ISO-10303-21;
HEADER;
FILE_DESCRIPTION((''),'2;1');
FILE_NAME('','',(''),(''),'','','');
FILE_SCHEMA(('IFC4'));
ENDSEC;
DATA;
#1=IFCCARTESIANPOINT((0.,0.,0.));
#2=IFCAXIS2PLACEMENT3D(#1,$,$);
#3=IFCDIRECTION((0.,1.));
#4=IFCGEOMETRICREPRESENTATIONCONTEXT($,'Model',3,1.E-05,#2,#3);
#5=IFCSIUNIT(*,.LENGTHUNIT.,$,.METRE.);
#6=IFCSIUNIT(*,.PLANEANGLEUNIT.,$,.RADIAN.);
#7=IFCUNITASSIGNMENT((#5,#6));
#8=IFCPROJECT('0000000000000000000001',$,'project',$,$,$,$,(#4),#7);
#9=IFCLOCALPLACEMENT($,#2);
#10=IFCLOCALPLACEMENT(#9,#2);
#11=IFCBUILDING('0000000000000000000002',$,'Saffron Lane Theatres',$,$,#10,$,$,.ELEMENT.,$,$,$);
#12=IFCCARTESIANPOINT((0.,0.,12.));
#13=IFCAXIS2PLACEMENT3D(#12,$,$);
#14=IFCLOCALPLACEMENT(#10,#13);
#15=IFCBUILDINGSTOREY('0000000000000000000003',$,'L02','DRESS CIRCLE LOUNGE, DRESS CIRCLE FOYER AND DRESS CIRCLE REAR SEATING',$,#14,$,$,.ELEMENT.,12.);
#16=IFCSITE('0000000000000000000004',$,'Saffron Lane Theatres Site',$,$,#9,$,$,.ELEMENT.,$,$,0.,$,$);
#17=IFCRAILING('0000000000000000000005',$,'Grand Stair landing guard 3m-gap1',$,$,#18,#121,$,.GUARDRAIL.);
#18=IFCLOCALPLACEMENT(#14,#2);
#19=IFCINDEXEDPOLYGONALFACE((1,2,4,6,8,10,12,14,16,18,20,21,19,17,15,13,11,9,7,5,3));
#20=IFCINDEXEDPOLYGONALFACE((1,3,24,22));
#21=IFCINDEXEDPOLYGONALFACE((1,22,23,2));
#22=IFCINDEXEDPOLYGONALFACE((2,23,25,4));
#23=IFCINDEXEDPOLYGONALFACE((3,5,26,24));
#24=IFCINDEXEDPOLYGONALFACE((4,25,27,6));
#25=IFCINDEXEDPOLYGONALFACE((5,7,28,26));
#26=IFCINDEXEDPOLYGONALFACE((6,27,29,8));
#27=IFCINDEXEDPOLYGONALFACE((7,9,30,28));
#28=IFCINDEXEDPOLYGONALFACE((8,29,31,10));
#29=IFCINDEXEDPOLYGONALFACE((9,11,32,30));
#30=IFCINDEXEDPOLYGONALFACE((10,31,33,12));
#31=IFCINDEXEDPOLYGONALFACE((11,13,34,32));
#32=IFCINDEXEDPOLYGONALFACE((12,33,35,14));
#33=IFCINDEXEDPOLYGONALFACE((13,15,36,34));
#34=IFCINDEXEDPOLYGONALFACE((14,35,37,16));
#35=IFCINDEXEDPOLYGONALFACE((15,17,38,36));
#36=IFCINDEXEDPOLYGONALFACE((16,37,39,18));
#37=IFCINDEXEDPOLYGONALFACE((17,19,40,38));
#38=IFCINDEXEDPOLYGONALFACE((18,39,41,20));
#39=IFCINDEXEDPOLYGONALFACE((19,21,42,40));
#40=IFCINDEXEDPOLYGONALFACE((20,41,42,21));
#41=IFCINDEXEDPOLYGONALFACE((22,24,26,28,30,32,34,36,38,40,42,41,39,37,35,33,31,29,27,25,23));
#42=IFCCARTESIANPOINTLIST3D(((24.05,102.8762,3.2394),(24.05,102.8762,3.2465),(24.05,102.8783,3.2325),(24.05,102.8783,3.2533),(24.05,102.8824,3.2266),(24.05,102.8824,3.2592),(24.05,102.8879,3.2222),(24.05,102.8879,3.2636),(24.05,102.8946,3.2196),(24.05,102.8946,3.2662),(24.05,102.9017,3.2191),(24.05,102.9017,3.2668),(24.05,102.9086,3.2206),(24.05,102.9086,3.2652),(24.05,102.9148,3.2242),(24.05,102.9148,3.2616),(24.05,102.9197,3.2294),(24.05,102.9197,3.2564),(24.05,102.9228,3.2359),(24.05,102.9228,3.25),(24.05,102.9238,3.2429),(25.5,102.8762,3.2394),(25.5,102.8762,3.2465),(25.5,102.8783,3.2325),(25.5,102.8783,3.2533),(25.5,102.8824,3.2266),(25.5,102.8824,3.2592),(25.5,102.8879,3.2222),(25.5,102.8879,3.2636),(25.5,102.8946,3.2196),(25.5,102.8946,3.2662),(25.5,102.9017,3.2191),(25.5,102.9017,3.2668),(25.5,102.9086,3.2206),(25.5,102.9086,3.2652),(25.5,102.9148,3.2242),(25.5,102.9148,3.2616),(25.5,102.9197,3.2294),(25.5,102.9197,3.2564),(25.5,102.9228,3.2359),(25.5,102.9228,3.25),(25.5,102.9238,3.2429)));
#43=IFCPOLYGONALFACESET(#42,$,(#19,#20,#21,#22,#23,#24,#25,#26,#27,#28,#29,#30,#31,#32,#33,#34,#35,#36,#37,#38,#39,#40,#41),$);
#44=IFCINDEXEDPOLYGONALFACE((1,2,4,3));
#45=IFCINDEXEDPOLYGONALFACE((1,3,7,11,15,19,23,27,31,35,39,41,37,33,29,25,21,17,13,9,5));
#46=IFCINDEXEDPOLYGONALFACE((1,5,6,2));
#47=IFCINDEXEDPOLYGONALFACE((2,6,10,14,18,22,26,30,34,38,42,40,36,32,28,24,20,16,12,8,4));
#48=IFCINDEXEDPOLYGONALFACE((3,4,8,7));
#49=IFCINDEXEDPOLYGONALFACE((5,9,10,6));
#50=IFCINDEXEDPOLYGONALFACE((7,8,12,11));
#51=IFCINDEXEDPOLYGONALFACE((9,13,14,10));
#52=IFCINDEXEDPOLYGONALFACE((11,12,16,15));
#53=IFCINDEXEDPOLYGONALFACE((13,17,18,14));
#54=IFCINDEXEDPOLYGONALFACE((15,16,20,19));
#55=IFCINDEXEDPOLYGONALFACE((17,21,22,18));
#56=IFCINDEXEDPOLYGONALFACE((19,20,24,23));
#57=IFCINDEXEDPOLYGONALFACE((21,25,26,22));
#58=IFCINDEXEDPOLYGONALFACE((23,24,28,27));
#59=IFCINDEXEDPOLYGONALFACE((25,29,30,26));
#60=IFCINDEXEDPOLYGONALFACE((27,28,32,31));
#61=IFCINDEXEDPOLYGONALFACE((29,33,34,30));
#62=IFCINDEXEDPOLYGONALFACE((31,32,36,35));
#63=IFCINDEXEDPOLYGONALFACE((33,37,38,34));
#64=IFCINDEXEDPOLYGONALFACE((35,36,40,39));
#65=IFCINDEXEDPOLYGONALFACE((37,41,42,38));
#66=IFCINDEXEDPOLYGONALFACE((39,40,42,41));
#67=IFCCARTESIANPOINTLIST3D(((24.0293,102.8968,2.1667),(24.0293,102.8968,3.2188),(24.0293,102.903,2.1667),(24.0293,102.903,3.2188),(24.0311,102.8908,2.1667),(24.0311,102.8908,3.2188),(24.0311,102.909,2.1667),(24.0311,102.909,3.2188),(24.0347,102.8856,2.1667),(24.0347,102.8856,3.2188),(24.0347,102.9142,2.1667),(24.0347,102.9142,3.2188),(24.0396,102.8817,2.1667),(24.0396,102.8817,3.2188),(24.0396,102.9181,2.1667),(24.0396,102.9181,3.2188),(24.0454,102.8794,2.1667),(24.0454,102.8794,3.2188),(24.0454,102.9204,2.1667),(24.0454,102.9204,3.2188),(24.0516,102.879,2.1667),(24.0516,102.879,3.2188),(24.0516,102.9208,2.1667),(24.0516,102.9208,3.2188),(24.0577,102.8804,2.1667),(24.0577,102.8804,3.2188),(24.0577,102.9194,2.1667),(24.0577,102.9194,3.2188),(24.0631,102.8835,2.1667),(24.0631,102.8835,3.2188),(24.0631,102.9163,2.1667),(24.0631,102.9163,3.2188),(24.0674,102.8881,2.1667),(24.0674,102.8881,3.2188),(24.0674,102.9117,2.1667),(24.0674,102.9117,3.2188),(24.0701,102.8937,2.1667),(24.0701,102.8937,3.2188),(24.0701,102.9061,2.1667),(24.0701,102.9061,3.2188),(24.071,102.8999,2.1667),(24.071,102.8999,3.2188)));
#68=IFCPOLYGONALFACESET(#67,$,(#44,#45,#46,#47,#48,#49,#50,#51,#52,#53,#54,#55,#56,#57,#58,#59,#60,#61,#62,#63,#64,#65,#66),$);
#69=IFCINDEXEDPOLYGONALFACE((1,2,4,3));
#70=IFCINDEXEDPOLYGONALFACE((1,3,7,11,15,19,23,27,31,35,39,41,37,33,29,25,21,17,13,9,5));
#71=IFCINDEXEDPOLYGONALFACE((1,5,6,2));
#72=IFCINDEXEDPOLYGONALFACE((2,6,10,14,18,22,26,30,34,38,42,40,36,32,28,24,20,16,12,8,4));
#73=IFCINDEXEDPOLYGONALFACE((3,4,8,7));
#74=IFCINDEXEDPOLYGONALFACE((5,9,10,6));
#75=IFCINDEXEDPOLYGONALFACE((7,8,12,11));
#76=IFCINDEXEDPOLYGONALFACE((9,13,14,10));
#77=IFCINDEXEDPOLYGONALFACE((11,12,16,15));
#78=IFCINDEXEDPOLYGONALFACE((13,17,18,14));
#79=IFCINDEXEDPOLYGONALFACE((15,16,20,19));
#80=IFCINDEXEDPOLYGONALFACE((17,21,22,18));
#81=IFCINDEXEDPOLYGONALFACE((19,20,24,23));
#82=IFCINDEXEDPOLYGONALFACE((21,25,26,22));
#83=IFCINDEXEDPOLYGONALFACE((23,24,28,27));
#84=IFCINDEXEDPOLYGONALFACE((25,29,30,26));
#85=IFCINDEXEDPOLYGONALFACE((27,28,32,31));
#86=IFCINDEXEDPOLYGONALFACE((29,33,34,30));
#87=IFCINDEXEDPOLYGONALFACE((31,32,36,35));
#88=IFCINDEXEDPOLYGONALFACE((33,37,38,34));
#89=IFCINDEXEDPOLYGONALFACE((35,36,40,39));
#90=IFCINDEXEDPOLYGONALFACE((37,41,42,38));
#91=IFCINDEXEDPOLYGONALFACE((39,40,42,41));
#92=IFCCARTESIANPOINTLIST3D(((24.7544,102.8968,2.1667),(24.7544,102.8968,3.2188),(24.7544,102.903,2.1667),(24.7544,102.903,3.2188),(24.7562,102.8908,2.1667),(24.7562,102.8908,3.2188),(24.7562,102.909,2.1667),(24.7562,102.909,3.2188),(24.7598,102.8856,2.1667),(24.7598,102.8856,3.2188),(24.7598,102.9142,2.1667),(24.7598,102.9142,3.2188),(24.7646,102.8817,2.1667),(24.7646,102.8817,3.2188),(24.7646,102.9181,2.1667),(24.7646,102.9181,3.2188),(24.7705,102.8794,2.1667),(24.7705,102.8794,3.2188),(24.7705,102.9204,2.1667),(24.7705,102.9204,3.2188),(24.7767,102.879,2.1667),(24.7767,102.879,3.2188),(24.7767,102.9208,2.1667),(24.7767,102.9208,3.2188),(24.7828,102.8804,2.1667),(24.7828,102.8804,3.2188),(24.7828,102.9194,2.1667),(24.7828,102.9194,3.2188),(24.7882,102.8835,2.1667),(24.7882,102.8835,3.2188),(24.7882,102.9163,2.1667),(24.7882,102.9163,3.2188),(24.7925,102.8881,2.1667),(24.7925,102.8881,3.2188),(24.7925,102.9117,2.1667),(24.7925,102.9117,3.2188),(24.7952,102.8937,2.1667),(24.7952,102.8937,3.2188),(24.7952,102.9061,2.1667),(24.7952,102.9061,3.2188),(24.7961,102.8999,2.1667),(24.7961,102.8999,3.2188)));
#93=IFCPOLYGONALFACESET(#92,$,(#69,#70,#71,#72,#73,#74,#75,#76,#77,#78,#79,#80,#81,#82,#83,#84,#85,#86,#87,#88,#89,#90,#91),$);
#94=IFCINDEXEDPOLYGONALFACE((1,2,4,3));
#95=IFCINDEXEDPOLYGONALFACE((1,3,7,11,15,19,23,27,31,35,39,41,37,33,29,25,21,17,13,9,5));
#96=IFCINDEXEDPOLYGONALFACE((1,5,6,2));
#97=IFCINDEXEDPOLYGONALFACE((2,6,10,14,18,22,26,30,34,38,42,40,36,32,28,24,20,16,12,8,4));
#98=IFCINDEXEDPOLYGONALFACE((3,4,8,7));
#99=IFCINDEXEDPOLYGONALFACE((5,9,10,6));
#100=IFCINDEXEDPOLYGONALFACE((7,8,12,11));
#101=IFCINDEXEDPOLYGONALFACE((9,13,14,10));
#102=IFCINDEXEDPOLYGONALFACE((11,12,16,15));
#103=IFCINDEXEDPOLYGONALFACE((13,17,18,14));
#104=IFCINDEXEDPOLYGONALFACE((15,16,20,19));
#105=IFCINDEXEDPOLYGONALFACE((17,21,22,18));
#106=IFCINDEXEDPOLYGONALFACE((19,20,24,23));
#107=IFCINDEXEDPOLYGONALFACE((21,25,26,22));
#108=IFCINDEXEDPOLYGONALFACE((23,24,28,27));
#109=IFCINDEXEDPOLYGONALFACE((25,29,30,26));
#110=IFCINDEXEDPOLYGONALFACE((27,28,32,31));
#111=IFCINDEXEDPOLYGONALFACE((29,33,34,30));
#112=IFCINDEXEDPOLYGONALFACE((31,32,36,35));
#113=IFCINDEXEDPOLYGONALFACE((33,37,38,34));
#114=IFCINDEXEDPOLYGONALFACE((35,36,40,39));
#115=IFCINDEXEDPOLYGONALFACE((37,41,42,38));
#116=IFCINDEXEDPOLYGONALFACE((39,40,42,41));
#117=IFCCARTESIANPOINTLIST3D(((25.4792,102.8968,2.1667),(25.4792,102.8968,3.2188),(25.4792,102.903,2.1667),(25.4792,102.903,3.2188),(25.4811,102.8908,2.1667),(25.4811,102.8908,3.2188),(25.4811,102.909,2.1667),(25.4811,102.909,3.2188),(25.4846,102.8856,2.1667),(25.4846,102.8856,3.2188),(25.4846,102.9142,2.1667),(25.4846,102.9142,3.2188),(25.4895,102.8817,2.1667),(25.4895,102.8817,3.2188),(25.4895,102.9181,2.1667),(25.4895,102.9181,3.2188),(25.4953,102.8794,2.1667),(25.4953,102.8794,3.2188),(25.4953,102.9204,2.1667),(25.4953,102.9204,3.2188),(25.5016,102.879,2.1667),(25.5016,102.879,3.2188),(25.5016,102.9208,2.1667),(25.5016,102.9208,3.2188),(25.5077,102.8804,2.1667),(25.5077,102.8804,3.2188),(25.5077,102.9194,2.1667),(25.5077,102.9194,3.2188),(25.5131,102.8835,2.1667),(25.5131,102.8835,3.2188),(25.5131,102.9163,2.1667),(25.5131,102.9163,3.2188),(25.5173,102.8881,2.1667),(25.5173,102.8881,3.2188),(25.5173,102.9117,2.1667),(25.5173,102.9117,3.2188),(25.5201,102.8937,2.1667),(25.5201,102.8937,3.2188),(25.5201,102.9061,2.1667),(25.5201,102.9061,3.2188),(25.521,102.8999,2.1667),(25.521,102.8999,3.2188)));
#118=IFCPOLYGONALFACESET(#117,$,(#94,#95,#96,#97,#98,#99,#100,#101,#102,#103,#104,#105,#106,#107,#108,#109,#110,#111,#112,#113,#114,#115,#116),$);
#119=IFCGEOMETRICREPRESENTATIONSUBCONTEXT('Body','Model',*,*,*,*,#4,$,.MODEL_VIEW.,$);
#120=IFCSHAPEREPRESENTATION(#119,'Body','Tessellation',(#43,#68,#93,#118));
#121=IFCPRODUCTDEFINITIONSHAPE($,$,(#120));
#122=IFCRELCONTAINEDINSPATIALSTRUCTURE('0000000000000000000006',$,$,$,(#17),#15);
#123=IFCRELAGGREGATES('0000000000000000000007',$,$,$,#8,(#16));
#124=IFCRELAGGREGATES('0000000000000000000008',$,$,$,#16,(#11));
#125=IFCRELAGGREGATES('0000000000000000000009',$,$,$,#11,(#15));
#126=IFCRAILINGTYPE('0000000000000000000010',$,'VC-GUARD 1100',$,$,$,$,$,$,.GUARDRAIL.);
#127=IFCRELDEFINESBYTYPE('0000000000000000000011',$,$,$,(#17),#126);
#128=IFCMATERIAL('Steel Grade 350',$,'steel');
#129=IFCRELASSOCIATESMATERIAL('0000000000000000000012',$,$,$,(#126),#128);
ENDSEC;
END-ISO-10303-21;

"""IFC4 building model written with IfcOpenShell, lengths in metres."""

from ifc_helpers import new_model, si_unit, direction, frame, origin, origin_2d, place, context, subcontext, project, spatial, circle, extrude, material, type_object, element, save


model = new_model("IFC4")

# Units and contexts
model_context = context("Model", 3, precision=1e-05, world=origin(), true_north=direction((0.0, 1.0)))
body_context = subcontext(model_context, "Body", "Model", "MODEL_VIEW")
ifc_project = project(units=[si_unit("LENGTHUNIT", "METRE"), si_unit("PLANEANGLEUNIT", "RADIAN")], contexts=[model_context])

# Site, building, storey
site_placement = place(None, origin())
site = spatial("IfcSite", under=ifc_project, at=site_placement, Name="Saffron Lane Theatres Site", CompositionType="ELEMENT", RefElevation=0.0)
building_placement = place(site_placement, origin())
building = spatial("IfcBuilding", under=site, at=building_placement, Name="Saffron Lane Theatres", CompositionType="ELEMENT")
storey_placement = place(building_placement, frame((0.0, 0.0, 12.0)))
storey = spatial("IfcBuildingStorey", under=building, at=storey_placement, Name="L02", Description="DRESS CIRCLE LOUNGE, DRESS CIRCLE FOYER AND DRESS CIRCLE REAR SEATING", CompositionType="ELEMENT", Elevation=12.0)

# Railing
ifc_material_1 = material(Name="Steel Grade 350", Category="steel")
railing_type_1 = type_object("IfcRailingType", Name="VC-GUARD 1100", PredefinedType="GUARDRAIL", material=ifc_material_1)
railing_1_placement = place(storey_placement, frame((24.05, 102.8999, 2.1667)))
element("IfcRailing", 1, at=railing_1_placement, inside=storey, type_object=railing_type_1, Name="Grand Stair landing guard 3m-gap1", PredefinedType="GUARDRAIL", context=body_context, shape_type="SweptSolid", body=[
    extrude(circle(Radius=0.0239, at=origin_2d()), frame((0.0, 0.0, 1.0762), z_axis=(1.0, 0.0, 0.0), x_axis=(0.0, 1.0, 0.0)), (0.0, 0.0, 1.0), 1.45),
    extrude(circle(Radius=0.021, at=origin_2d()), origin(), (0.0, 0.0, 1.0), 1.052),
    extrude(circle(Radius=0.021, at=origin_2d()), frame((0.7251, 0.0, 0.0)), (0.0, 0.0, 1.0), 1.052),
    extrude(circle(Radius=0.021, at=origin_2d()), frame((1.45, 0.0, 0.0)), (0.0, 0.0, 1.0), 1.052),
])

save(model, "model.ifc")
